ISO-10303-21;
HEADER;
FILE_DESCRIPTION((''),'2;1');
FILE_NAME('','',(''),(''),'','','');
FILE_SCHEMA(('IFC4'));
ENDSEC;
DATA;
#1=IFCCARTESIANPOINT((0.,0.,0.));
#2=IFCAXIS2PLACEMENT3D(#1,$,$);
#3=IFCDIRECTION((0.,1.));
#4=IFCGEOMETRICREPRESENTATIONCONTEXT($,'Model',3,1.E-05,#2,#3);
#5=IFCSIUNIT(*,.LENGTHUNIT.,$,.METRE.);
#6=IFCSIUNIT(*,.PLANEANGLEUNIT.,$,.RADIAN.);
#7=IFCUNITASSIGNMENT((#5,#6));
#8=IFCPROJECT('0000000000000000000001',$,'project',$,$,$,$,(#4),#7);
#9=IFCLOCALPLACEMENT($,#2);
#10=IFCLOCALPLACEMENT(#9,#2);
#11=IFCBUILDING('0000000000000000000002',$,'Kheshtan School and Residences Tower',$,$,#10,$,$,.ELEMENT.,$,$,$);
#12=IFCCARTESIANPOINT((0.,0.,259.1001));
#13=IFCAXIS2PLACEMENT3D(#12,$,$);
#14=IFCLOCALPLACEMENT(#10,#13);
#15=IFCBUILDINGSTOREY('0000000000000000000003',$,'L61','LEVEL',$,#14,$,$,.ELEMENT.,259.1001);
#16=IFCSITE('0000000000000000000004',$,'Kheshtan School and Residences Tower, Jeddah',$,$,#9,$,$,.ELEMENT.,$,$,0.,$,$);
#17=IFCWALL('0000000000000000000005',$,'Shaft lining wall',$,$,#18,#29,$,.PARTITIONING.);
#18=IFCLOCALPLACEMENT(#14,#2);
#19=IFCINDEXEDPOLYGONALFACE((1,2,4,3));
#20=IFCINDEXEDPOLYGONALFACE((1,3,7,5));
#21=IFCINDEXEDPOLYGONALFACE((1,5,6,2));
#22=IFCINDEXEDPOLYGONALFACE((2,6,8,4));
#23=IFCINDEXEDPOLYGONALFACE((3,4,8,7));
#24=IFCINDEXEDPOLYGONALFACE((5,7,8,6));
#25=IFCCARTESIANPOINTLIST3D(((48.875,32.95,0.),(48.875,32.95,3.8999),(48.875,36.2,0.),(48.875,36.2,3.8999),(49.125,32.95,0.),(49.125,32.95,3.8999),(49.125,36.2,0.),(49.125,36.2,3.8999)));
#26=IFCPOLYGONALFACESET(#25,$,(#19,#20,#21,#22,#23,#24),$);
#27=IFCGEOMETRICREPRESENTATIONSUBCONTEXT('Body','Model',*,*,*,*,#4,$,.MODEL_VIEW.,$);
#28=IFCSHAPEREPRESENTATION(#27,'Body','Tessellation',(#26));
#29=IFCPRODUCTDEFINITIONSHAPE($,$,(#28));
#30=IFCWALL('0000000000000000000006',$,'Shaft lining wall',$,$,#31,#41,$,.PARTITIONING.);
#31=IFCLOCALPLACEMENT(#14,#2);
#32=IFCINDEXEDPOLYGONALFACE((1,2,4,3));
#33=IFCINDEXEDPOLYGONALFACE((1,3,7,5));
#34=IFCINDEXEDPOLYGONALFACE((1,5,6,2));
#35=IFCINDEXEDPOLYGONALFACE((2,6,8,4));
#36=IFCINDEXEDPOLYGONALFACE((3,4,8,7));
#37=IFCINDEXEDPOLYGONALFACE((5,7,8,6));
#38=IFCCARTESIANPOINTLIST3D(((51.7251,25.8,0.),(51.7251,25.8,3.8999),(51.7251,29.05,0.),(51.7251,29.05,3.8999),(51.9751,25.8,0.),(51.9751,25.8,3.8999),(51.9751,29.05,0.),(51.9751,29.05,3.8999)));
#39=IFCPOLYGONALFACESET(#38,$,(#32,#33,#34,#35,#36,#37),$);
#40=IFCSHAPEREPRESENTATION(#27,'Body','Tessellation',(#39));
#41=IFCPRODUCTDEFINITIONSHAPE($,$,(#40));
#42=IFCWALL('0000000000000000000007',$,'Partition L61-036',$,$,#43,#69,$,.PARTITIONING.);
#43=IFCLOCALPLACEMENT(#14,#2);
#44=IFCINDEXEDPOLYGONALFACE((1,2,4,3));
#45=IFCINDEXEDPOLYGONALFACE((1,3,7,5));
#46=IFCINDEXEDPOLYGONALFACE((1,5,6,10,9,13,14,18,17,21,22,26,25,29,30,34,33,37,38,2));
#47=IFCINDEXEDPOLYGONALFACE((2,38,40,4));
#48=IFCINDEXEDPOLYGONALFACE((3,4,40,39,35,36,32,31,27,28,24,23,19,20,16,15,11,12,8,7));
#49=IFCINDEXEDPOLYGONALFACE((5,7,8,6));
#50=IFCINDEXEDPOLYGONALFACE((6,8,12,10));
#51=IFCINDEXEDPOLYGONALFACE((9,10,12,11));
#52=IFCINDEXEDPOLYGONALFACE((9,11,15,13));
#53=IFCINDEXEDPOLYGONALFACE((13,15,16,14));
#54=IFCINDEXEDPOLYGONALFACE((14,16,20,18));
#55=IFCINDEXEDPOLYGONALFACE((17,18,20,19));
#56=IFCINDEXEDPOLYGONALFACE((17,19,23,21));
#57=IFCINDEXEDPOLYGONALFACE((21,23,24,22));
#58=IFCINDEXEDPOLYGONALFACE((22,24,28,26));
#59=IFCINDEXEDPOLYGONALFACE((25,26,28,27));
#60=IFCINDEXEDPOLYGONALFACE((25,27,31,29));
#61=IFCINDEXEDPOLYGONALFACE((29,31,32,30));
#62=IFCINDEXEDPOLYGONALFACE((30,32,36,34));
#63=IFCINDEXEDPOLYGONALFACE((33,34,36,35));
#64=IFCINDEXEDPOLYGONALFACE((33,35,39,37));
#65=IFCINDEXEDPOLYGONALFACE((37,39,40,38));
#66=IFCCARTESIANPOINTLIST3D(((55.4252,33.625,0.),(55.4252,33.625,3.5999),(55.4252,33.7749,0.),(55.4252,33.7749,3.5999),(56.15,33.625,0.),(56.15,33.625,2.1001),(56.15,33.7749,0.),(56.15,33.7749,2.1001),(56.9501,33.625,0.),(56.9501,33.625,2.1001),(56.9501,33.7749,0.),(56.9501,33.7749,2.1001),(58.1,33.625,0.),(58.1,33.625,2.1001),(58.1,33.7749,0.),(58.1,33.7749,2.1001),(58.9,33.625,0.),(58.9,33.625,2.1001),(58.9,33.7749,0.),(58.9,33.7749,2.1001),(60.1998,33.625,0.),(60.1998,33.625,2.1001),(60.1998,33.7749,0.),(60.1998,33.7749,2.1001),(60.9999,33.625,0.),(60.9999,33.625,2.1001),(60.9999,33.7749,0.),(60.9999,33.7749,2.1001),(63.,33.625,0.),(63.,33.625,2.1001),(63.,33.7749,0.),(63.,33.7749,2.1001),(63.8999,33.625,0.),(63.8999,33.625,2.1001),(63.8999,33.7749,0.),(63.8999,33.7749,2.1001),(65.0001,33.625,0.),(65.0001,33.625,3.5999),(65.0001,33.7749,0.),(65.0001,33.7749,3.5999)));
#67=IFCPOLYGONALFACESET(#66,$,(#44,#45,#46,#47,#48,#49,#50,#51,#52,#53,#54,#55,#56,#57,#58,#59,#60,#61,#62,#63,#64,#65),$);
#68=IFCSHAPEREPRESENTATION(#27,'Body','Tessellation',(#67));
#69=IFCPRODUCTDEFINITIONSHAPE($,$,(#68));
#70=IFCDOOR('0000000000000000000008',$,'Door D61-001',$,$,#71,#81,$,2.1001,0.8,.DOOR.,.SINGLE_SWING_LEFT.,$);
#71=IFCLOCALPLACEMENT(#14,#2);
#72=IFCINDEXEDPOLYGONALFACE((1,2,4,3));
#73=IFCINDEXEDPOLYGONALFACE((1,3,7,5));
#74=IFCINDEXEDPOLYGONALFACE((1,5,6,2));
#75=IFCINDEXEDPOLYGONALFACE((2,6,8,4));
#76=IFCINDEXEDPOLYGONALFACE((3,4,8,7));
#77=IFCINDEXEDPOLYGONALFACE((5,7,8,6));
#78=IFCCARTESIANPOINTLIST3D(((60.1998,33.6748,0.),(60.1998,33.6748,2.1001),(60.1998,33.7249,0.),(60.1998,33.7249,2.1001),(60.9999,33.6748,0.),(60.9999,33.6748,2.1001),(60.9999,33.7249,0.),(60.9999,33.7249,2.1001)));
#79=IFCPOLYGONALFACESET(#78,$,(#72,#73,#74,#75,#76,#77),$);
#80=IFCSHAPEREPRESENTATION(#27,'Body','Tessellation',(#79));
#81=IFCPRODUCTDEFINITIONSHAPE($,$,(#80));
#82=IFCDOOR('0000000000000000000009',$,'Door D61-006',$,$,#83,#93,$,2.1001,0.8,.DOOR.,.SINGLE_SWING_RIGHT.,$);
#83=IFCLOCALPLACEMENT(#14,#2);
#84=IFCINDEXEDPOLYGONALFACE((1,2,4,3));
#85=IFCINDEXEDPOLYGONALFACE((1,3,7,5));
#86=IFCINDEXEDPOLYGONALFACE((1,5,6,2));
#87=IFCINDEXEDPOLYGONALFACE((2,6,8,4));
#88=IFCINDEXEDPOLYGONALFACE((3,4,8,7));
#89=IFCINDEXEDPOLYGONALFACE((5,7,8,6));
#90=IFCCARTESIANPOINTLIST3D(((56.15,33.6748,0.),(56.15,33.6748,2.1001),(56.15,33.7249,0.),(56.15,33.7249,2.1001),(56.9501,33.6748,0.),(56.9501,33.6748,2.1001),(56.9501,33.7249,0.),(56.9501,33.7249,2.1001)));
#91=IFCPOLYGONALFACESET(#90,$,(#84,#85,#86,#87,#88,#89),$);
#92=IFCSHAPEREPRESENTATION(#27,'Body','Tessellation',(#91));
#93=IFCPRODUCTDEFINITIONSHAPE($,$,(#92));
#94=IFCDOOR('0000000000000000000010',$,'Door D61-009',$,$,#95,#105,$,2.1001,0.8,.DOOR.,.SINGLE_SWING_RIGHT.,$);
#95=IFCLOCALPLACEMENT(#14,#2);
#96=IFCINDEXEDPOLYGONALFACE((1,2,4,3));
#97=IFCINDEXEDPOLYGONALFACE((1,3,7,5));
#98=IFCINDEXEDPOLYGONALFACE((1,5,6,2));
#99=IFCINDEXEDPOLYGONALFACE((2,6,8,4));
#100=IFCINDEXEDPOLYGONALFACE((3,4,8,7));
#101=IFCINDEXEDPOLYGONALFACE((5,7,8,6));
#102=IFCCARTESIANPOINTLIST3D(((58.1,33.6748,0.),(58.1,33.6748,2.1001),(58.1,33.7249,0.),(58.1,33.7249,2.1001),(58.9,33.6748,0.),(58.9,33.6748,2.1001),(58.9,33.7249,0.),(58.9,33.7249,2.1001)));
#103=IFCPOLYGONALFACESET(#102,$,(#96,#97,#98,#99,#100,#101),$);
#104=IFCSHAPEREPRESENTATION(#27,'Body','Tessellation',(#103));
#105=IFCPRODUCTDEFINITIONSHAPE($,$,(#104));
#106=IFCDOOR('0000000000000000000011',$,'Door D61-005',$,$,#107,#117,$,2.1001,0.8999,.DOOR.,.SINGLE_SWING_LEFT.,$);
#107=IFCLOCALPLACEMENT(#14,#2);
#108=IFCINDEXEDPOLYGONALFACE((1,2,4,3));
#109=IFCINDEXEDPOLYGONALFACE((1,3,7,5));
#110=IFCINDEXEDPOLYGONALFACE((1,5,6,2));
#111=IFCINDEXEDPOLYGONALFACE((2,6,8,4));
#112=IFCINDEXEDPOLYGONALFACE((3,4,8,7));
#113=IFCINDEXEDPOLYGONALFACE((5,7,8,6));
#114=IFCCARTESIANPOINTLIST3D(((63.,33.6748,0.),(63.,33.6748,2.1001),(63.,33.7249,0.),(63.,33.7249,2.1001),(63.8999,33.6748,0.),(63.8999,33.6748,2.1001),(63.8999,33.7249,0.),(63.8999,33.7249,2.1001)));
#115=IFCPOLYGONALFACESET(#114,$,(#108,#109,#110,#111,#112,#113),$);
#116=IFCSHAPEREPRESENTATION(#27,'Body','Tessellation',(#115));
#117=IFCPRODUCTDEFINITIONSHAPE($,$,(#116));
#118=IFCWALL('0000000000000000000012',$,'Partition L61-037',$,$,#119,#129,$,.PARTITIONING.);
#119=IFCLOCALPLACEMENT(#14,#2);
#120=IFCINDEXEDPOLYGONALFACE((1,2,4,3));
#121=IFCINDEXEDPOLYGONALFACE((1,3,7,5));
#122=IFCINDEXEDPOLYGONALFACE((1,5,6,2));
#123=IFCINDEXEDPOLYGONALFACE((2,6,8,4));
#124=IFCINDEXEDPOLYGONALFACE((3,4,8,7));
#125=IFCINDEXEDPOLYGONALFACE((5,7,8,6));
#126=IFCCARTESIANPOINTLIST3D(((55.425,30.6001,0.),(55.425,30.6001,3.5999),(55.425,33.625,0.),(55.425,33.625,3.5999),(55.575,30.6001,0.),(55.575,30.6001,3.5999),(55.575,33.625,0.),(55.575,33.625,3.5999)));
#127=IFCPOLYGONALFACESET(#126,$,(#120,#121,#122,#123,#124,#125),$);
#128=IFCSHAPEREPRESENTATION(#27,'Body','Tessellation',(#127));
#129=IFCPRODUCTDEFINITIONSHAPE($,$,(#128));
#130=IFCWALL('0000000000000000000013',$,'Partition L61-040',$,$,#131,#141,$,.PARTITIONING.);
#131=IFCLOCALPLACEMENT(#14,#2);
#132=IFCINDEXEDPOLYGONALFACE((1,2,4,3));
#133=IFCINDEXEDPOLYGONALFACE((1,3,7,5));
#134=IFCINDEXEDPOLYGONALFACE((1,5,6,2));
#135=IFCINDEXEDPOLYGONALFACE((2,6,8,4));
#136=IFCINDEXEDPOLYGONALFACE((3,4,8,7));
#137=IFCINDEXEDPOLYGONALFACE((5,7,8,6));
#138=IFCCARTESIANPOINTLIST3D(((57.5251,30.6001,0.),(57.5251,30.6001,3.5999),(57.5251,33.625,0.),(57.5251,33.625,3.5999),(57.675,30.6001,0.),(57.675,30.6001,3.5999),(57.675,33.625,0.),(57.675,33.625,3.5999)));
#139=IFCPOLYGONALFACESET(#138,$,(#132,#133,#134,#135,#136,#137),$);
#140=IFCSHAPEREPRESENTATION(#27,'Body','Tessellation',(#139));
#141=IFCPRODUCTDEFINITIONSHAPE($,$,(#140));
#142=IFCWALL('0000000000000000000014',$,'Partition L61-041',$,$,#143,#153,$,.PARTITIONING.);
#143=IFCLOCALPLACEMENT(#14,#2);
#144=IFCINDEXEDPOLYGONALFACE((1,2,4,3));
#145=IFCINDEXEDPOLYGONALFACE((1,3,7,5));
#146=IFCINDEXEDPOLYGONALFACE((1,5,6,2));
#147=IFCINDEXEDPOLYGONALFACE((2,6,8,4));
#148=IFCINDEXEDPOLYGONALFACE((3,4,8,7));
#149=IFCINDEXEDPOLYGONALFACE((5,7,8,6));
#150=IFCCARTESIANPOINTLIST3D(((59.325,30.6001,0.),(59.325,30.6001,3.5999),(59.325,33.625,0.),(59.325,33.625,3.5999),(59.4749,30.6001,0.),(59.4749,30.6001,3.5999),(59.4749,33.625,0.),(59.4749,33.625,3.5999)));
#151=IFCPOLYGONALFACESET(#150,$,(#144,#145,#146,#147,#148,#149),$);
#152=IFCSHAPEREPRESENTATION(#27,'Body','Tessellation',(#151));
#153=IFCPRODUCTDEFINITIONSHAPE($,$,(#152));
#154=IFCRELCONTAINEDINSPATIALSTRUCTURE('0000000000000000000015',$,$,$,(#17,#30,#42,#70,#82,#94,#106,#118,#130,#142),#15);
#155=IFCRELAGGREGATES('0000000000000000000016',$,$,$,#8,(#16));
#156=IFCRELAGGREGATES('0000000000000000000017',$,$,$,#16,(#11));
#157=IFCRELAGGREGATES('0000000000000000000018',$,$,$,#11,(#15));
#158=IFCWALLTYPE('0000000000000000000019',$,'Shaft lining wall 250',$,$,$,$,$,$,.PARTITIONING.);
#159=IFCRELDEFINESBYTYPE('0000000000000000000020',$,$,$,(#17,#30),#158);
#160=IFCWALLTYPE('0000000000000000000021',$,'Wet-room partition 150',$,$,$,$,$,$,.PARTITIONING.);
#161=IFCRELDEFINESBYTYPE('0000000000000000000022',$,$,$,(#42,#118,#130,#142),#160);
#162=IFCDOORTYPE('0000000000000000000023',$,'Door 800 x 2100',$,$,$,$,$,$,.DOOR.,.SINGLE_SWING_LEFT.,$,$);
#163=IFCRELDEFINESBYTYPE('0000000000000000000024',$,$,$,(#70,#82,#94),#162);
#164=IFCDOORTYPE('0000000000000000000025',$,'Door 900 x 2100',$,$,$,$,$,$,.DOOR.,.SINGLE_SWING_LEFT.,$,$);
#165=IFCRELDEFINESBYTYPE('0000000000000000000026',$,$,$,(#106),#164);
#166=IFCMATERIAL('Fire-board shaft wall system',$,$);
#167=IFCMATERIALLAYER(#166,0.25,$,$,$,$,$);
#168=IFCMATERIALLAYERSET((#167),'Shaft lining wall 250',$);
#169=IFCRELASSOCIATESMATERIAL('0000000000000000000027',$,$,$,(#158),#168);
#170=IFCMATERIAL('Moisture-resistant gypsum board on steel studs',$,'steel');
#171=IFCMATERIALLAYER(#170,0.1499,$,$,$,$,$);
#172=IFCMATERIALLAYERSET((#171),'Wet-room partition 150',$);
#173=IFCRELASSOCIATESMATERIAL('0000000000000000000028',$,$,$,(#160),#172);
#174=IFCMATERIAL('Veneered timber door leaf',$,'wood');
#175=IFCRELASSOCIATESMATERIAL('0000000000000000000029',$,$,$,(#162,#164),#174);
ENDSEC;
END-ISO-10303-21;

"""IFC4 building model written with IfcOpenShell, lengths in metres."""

from ifc_helpers import new_model, si_unit, direction, frame, frame_2d, origin, place, context, subcontext, project, spatial, rectangle, extrude, source, transform, mapped, material, layer, layer_set, type_object, element, fill, save


model = new_model("IFC4")

# Units and contexts
model_context = context("Model", 3, precision=1e-05, world=origin(), true_north=direction((0.0, 1.0)))
body_context = subcontext(model_context, "Body", "Model", "MODEL_VIEW")
ifc_project = project(units=[si_unit("LENGTHUNIT", "METRE"), si_unit("PLANEANGLEUNIT", "RADIAN")], contexts=[model_context])

# Site, building, storey
site_placement = place(None, origin())
site = spatial("IfcSite", under=ifc_project, at=site_placement, Name="Kheshtan School and Residences Tower, Jeddah", CompositionType="ELEMENT", RefElevation=0.0)
building_placement = place(site_placement, origin())
building = spatial("IfcBuilding", under=site, at=building_placement, Name="Kheshtan School and Residences Tower", CompositionType="ELEMENT")
storey_placement = place(building_placement, frame((0.0, 0.0, 259.1001)))
storey = spatial("IfcBuildingStorey", under=building, at=storey_placement, Name="L61", Description="LEVEL", CompositionType="ELEMENT", Elevation=259.1001)

# Shared definitions
ifc_material_1 = material(Name="Fire-board shaft wall system")

# Walls
ifc_layer_1 = layer(ifc_material_1, 0.25)
ifc_layer_set_1 = layer_set([ifc_layer_1], Name="Shaft lining wall 250")
wall_type_1 = type_object("IfcWallType", Name="Shaft lining wall 250", PredefinedType="PARTITIONING", material=ifc_layer_set_1)
for number, where, z_axis, x_axis, name in (
    (1, (49.0, 32.95, 0.0), (0.0, 0.0, 1.0), (0.0, 1.0, 0.0), "Shaft lining wall"),
    (2, (51.8501, 25.8, 0.0), (0.0, 0.0, 1.0), (0.0, 1.0, 0.0), "Shaft lining wall"),
):
    element("IfcWall", number, at=place(storey_placement, frame(where, z_axis=z_axis, x_axis=x_axis)), inside=storey, type_object=wall_type_1, Name=name, PredefinedType="PARTITIONING", context=body_context, shape_type="SweptSolid", body=[
        extrude(rectangle(XDim=3.25, YDim=0.25, at=frame_2d((1.625, 0.0))), origin(), (0.0, 0.0, 1.0), 3.8999),
    ])

# Wall, openings, doors
ifc_material_2 = material(Name="Moisture-resistant gypsum board on steel studs", Category="steel")
ifc_layer_2 = layer(ifc_material_2, 0.1499)
ifc_layer_set_2 = layer_set([ifc_layer_2], Name="Wet-room partition 150")
wall_type_2 = type_object("IfcWallType", Name="Wet-room partition 150", PredefinedType="PARTITIONING", material=ifc_layer_set_2)
wall_1_placement = place(storey_placement, frame((55.425, 33.7, 0.0), z_axis=(0.0, 0.0, 1.0), x_axis=(1.0, 0.0, 0.0)))
wall_1 = element("IfcWall", 3, at=wall_1_placement, inside=storey, type_object=wall_type_2, Name="Partition L61-036", PredefinedType="PARTITIONING", context=body_context, shape_type="SweptSolid", body=[
    extrude(rectangle(XDim=9.575, YDim=0.1499, at=frame_2d((4.7876, 0.0))), origin(), (0.0, 0.0, 1.0), 3.5999),
])
opening_1_placement = place(wall_1_placement, frame((4.7749, 0.0, 0.0)))
opening_1 = element("IfcOpeningElement", 4, at=opening_1_placement, cuts=wall_1, PredefinedType="OPENING", context=body_context, shape_type="SweptSolid", body=[
    extrude(rectangle(XDim=0.8, YDim=2.1001, at=frame_2d((0.3999, 1.05))), frame((0.0, 0.085, 0.0), z_axis=(0.0, -1.0, 0.0), x_axis=(1.0, 0.0, 0.0)), (0.0, 0.0, 1.0), 0.1699),
])
opening_2_placement = place(wall_1_placement, frame((7.575, 0.0, 0.0)))
opening_2 = element("IfcOpeningElement", 5, at=opening_2_placement, cuts=wall_1, PredefinedType="OPENING", context=body_context, shape_type="SweptSolid", body=[
    extrude(rectangle(XDim=0.8999, YDim=2.1001, at=frame_2d((0.45, 1.05))), frame((0.0, 0.085, 0.0), z_axis=(0.0, -1.0, 0.0), x_axis=(1.0, 0.0, 0.0)), (0.0, 0.0, 1.0), 0.1699),
])
opening_3_placement = place(wall_1_placement, frame((0.7251, 0.0, 0.0)))
opening_3 = element("IfcOpeningElement", 6, at=opening_3_placement, cuts=wall_1, PredefinedType="OPENING", context=body_context, shape_type="SweptSolid", body=[
    extrude(rectangle(XDim=0.8, YDim=2.1001, at=frame_2d((0.3999, 1.05))), frame((0.0, 0.085, 0.0), z_axis=(0.0, -1.0, 0.0), x_axis=(1.0, 0.0, 0.0)), (0.0, 0.0, 1.0), 0.1699),
])
opening_4_placement = place(wall_1_placement, frame((2.675, 0.0, 0.0)))
opening_4 = element("IfcOpeningElement", 7, at=opening_4_placement, cuts=wall_1, PredefinedType="OPENING", context=body_context, shape_type="SweptSolid", body=[
    extrude(rectangle(XDim=0.8, YDim=2.1001, at=frame_2d((0.3999, 1.05))), frame((0.0, 0.085, 0.0), z_axis=(0.0, -1.0, 0.0), x_axis=(1.0, 0.0, 0.0)), (0.0, 0.0, 1.0), 0.1699),
])
ifc_material_3 = material(Name="Veneered timber door leaf", Category="wood")
door_type_1 = type_object("IfcDoorType", Name="Door 800 x 2100", OperationType="SINGLE_SWING_LEFT", PredefinedType="DOOR", material=ifc_material_3)
shared_shape_1 = source(origin(), body_context, "Body", "SweptSolid", [
    extrude(rectangle(XDim=0.8, YDim=2.1001, at=frame_2d((0.3999, 1.05))), frame((0.0, 0.0249, 0.0), z_axis=(0.0, -1.0, 0.0), x_axis=(1.0, 0.0, 0.0)), (0.0, 0.0, 1.0), 0.05),
])
door_1_placement = place(opening_1_placement, origin())
door_1 = element("IfcDoor", 8, at=door_1_placement, inside=storey, type_object=door_type_1, Name="Door D61-001", OperationType="SINGLE_SWING_LEFT", OverallHeight=2.1001, OverallWidth=0.8, PredefinedType="DOOR", context=body_context, shape_type="MappedRepresentation", body=[
    mapped(shared_shape_1, transform((0.0, 0.0, 0.0), x_axis=(1.0, 0.0, 0.0), y_axis=(0.0, 1.0, 0.0), z_axis=(0.0, 0.0, 1.0), scale=1.0)),
])
fill(opening_1, door_1)
door_2_placement = place(opening_3_placement, origin())
door_2 = element("IfcDoor", 9, at=door_2_placement, inside=storey, type_object=door_type_1, Name="Door D61-006", OperationType="SINGLE_SWING_RIGHT", OverallHeight=2.1001, OverallWidth=0.8, PredefinedType="DOOR", context=body_context, shape_type="MappedRepresentation", body=[
    mapped(shared_shape_1, transform((0.0, 0.0, 0.0), x_axis=(1.0, 0.0, 0.0), y_axis=(0.0, 1.0, 0.0), z_axis=(0.0, 0.0, 1.0), scale=1.0)),
])
fill(opening_3, door_2)
door_3_placement = place(opening_4_placement, origin())
door_3 = element("IfcDoor", 10, at=door_3_placement, inside=storey, type_object=door_type_1, Name="Door D61-009", OperationType="SINGLE_SWING_RIGHT", OverallHeight=2.1001, OverallWidth=0.8, PredefinedType="DOOR", context=body_context, shape_type="MappedRepresentation", body=[
    mapped(shared_shape_1, transform((0.0, 0.0, 0.0), x_axis=(1.0, 0.0, 0.0), y_axis=(0.0, 1.0, 0.0), z_axis=(0.0, 0.0, 1.0), scale=1.0)),
])
fill(opening_4, door_3)
door_type_2 = type_object("IfcDoorType", Name="Door 900 x 2100", OperationType="SINGLE_SWING_LEFT", PredefinedType="DOOR", material=ifc_material_3)
shared_shape_2 = source(origin(), body_context, "Body", "SweptSolid", [
    extrude(rectangle(XDim=0.8999, YDim=2.1001, at=frame_2d((0.45, 1.05))), frame((0.0, 0.0249, 0.0), z_axis=(0.0, -1.0, 0.0), x_axis=(1.0, 0.0, 0.0)), (0.0, 0.0, 1.0), 0.05),
])
door_4_placement = place(opening_2_placement, origin())
door_4 = element("IfcDoor", 11, at=door_4_placement, inside=storey, type_object=door_type_2, Name="Door D61-005", OperationType="SINGLE_SWING_LEFT", OverallHeight=2.1001, OverallWidth=0.8999, PredefinedType="DOOR", context=body_context, shape_type="MappedRepresentation", body=[
    mapped(shared_shape_2, transform((0.0, 0.0, 0.0), x_axis=(1.0, 0.0, 0.0), y_axis=(0.0, 1.0, 0.0), z_axis=(0.0, 0.0, 1.0), scale=1.0)),
])
fill(opening_2, door_4)

# Walls
for number, where, z_axis, x_axis, name in (
    (12, (55.5, 30.6001, 0.0), (0.0, 0.0, 1.0), (0.0, 1.0, 0.0), "Partition L61-037"),
    (13, (57.6001, 30.6001, 0.0), (0.0, 0.0, 1.0), (0.0, 1.0, 0.0), "Partition L61-040"),
    (14, (59.3999, 30.6001, 0.0), (0.0, 0.0, 1.0), (0.0, 1.0, 0.0), "Partition L61-041"),
):
    element("IfcWall", number, at=place(storey_placement, frame(where, z_axis=z_axis, x_axis=x_axis)), inside=storey, type_object=wall_type_2, Name=name, PredefinedType="PARTITIONING", context=body_context, shape_type="SweptSolid", body=[
        extrude(rectangle(XDim=3.0249, YDim=0.1499, at=frame_2d((1.5125, 0.0))), origin(), (0.0, 0.0, 1.0), 3.5999),
    ])

save(model, "model.ifc")
